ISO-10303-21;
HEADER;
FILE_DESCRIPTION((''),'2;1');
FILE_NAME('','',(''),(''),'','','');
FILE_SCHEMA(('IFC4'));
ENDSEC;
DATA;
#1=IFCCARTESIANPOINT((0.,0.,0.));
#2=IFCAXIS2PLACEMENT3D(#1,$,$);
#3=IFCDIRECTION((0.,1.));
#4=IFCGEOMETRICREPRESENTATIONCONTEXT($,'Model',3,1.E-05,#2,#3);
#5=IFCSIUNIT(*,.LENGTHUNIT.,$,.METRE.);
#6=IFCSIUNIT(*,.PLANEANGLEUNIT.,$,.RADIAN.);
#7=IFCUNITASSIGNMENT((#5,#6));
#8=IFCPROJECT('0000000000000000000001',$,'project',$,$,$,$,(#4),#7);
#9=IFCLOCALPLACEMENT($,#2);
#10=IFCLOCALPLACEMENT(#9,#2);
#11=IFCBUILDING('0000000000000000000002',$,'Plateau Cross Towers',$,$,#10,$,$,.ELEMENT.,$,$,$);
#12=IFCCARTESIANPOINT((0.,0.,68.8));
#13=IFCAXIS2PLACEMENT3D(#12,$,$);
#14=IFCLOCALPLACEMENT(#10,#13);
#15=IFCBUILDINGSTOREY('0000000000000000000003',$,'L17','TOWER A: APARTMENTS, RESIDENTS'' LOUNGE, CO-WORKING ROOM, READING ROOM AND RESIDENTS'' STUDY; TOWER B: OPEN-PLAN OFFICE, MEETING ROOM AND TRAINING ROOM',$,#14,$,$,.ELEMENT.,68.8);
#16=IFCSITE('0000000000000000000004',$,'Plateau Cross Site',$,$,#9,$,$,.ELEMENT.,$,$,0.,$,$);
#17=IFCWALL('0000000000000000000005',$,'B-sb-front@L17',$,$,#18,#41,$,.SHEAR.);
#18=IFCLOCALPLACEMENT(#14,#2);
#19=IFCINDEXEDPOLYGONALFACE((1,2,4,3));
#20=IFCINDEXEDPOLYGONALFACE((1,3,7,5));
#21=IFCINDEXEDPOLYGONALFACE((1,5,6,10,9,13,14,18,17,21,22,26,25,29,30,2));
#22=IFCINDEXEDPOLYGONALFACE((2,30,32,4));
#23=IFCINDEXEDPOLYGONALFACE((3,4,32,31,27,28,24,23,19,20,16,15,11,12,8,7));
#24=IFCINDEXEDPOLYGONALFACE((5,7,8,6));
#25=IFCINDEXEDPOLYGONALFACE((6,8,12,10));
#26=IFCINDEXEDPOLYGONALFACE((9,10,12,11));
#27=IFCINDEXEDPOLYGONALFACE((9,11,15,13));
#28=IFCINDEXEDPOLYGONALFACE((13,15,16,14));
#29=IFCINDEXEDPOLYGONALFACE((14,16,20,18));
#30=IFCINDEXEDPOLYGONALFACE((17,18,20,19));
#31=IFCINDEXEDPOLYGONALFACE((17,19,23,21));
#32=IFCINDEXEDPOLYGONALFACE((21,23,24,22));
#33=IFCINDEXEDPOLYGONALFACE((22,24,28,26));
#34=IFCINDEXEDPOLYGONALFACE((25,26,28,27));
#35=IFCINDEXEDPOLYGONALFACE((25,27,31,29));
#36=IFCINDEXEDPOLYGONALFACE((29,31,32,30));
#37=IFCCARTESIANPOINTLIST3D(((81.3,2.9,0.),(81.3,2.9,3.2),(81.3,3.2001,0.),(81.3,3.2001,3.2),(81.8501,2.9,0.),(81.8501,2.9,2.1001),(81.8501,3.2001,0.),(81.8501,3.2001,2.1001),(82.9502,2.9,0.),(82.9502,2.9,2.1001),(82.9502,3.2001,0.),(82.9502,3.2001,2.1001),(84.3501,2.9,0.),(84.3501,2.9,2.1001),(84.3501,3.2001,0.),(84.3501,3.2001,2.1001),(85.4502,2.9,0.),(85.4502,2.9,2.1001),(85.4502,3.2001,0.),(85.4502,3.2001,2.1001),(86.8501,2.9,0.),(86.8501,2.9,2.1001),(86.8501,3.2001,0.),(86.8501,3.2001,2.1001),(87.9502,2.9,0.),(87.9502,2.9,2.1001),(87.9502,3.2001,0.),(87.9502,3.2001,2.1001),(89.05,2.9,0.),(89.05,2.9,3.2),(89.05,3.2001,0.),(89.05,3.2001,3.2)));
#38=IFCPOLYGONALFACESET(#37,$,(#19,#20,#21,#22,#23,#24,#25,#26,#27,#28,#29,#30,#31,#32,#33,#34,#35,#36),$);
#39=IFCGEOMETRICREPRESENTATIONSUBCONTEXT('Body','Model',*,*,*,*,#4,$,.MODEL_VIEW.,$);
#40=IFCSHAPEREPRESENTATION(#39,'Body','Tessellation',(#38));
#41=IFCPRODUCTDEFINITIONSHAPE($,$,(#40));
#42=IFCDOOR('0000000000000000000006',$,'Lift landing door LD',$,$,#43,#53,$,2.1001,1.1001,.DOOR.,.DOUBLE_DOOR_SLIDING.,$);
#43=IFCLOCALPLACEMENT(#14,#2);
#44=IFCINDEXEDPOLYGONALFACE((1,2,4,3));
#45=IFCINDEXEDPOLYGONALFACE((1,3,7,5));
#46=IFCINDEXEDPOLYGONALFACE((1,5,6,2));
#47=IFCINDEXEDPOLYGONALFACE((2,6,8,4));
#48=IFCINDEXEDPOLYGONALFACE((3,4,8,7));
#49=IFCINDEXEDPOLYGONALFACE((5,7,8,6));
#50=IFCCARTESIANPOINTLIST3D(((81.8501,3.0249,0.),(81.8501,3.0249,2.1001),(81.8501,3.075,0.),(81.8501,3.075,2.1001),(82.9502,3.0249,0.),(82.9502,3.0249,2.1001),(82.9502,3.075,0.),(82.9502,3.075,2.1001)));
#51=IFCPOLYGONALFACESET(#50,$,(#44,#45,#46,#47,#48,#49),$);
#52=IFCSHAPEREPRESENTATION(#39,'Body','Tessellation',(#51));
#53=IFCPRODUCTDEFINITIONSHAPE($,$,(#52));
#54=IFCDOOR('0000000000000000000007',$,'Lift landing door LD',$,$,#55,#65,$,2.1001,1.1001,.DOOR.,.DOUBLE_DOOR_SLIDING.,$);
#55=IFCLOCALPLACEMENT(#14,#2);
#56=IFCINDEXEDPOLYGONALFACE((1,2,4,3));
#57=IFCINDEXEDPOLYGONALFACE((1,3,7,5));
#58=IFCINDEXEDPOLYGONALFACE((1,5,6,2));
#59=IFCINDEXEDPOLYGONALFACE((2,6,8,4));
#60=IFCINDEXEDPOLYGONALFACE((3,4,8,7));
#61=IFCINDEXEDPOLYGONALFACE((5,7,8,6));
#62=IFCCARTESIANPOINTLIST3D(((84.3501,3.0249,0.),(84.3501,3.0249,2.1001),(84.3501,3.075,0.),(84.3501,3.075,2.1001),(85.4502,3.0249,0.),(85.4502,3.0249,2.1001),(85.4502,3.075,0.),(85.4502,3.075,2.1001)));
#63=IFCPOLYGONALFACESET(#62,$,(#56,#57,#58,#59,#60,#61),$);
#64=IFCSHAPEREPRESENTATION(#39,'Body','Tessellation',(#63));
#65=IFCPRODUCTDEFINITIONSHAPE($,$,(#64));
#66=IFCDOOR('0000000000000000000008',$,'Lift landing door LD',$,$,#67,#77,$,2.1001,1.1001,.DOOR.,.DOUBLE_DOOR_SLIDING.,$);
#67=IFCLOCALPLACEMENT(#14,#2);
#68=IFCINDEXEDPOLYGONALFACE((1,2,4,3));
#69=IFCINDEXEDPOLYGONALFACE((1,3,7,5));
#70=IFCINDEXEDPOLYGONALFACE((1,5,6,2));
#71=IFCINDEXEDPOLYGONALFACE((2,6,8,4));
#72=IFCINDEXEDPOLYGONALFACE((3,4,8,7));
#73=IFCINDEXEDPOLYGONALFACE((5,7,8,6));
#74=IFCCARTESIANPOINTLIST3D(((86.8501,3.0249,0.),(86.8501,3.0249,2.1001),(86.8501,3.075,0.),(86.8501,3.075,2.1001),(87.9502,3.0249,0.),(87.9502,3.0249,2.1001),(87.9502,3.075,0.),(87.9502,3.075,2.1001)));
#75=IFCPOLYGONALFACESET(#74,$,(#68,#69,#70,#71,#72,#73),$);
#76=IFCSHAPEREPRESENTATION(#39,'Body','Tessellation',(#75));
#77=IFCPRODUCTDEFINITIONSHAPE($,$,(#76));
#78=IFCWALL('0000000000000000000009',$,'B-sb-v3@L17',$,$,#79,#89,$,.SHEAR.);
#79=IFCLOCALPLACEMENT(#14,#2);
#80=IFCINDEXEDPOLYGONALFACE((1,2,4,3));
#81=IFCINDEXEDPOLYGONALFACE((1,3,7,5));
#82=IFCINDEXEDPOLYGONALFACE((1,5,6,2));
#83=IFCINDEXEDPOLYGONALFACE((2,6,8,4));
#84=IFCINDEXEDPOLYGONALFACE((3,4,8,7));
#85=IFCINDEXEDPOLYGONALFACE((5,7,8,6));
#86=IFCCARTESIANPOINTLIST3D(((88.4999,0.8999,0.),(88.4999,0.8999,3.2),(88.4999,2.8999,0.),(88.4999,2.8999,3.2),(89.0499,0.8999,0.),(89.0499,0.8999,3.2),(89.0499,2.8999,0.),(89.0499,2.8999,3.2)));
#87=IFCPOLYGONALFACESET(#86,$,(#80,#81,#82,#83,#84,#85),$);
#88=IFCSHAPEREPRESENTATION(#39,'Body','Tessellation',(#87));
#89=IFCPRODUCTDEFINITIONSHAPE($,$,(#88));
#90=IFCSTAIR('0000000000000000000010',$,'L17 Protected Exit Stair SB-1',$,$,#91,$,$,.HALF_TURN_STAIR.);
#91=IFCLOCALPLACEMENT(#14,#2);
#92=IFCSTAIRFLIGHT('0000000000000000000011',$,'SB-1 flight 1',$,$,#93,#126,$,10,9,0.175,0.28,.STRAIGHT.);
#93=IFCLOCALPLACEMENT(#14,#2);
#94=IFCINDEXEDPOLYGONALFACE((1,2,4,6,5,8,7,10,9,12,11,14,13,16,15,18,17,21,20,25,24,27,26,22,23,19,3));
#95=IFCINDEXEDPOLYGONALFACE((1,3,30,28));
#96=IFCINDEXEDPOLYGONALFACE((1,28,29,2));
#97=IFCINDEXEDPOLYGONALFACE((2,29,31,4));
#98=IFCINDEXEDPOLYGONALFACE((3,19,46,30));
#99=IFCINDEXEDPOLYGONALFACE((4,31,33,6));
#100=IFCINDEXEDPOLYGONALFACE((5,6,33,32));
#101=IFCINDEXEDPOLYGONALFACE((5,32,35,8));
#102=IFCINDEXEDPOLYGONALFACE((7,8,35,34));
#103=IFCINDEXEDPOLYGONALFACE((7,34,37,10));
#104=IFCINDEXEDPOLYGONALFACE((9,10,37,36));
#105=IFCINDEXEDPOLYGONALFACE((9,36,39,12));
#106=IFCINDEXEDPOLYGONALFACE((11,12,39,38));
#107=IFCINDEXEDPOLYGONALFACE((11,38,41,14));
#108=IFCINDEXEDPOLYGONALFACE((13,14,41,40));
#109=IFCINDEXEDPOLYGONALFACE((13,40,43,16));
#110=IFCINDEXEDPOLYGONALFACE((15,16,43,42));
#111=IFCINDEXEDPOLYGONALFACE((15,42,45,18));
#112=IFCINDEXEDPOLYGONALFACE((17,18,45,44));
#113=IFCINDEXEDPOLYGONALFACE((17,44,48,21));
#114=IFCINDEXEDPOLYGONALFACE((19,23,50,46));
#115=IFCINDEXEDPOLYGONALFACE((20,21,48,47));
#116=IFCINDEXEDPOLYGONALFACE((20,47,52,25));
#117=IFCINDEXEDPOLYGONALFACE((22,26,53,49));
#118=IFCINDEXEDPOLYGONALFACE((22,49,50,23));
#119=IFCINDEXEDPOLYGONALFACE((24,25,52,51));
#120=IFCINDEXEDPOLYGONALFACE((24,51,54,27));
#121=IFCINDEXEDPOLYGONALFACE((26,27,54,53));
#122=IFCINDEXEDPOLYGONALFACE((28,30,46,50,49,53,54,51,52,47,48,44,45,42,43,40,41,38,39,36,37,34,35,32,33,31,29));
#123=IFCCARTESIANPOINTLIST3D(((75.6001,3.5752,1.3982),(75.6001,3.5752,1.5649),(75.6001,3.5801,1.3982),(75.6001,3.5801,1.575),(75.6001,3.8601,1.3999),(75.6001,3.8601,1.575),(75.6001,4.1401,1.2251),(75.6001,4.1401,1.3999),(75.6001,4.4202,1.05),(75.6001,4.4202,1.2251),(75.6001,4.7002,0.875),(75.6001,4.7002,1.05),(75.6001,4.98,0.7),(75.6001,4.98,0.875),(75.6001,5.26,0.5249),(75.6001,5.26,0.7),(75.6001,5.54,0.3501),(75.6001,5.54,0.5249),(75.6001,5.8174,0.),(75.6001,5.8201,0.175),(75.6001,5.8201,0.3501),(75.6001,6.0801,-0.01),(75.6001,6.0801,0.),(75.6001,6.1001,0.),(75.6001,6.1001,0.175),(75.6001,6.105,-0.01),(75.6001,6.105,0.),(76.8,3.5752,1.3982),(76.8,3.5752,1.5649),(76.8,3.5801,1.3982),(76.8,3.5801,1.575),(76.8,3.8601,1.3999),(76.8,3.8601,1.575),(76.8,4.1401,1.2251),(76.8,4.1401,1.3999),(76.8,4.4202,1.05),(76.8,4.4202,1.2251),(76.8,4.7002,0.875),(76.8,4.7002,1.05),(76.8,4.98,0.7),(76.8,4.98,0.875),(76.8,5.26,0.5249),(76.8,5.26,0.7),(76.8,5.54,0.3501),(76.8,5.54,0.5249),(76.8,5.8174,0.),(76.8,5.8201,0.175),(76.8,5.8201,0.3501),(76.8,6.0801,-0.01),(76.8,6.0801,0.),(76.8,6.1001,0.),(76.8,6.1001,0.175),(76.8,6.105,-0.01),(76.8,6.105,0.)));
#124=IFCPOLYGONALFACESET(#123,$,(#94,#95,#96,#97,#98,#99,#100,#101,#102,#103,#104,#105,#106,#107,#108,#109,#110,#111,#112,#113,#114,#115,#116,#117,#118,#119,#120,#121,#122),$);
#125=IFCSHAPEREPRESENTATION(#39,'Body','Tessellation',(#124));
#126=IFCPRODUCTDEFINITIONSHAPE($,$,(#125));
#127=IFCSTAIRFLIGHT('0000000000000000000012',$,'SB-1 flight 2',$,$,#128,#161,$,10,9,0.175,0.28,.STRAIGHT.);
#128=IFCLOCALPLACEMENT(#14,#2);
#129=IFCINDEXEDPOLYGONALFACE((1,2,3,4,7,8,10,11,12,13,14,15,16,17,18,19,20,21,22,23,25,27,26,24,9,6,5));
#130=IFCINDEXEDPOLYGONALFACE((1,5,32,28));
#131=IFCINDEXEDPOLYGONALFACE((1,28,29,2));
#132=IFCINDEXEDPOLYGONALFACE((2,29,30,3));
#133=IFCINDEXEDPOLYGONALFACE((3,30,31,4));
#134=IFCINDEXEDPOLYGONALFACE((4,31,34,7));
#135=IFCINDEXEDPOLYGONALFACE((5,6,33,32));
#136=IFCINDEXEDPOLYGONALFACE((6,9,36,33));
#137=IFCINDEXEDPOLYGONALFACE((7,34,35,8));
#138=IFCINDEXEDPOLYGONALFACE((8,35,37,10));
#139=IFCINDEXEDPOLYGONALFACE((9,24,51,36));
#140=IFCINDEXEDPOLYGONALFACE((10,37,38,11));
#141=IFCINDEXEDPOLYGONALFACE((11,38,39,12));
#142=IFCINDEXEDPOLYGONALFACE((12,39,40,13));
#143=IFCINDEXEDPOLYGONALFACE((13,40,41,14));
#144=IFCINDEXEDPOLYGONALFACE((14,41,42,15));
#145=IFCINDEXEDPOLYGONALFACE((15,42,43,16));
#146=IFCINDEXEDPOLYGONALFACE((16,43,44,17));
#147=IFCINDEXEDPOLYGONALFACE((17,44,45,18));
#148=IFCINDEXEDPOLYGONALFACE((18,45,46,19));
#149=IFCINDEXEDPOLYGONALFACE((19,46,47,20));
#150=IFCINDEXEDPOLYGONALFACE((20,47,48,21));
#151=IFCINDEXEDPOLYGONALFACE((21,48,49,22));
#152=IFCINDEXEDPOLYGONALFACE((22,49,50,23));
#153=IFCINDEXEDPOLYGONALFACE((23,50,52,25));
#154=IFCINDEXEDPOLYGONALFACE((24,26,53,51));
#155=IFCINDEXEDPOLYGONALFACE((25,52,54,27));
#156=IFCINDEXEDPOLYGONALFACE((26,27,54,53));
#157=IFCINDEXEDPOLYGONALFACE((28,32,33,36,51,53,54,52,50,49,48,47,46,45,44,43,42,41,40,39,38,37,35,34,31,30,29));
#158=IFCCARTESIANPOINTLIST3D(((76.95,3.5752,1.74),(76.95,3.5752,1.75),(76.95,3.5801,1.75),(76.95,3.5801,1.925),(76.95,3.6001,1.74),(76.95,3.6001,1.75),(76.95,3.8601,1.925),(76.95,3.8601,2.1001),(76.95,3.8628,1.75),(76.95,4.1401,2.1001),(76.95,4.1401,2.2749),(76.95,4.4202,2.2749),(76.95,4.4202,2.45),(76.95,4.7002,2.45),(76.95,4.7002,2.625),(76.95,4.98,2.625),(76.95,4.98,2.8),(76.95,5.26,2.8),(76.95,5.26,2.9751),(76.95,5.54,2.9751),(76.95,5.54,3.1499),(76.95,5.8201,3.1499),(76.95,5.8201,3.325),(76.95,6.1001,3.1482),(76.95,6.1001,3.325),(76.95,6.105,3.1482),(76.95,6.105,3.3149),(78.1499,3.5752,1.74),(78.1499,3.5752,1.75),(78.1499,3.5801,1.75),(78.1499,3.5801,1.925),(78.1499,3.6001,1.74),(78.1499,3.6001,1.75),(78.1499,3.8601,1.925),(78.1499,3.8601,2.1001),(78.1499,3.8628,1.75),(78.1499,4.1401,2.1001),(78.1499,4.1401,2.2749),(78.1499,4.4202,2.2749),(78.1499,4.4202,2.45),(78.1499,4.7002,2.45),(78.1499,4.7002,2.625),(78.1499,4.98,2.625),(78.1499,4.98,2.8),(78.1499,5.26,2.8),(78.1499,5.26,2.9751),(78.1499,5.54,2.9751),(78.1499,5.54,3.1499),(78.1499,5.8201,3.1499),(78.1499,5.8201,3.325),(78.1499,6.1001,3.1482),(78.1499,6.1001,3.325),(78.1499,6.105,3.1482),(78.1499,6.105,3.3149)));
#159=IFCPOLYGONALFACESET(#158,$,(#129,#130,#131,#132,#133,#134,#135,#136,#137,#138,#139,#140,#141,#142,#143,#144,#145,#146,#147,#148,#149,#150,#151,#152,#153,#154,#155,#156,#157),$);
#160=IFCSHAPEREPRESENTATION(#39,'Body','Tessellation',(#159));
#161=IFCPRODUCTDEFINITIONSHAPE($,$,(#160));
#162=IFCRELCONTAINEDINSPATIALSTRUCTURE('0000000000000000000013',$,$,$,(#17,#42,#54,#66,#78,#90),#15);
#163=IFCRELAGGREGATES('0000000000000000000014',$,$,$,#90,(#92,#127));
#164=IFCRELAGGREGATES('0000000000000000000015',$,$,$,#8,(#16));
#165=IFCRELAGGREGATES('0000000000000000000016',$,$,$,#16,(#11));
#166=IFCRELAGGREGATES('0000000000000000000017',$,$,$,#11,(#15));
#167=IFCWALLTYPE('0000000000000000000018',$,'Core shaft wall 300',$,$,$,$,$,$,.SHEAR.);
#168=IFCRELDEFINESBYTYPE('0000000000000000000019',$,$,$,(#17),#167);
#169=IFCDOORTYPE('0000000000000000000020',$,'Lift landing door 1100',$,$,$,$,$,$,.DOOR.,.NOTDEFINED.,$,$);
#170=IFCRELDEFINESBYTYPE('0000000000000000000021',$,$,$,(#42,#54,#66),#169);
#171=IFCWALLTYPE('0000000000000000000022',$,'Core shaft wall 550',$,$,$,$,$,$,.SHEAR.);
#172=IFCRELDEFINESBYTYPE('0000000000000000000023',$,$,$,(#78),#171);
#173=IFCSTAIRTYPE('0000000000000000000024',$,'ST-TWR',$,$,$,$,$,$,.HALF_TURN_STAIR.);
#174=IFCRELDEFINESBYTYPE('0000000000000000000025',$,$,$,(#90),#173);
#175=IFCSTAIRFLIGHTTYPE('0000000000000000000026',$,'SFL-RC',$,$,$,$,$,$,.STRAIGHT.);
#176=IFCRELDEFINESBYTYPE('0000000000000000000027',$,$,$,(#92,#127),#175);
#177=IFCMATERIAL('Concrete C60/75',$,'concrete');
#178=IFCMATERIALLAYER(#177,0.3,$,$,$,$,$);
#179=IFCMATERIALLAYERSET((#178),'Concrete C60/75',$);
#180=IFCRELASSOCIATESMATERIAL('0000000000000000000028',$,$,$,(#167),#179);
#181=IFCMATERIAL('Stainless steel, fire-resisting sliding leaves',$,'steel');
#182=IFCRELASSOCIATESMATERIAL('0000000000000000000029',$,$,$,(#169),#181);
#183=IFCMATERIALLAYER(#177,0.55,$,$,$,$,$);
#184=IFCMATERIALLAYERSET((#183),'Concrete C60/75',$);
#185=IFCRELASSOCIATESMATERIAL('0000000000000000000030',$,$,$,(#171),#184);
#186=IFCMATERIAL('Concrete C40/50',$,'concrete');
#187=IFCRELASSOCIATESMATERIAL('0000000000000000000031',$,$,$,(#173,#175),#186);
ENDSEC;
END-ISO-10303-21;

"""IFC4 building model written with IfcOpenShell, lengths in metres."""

from ifc_helpers import new_model, si_unit, direction, frame, frame_2d, origin, place, context, subcontext, project, spatial, polyline, rectangle, outline, extrude, material, layer, layer_set, type_object, element, fill, aggregate, save


model = new_model("IFC4")

# Units and contexts
model_context = context("Model", 3, precision=1e-05, world=origin(), true_north=direction((0.0, 1.0)))
body_context = subcontext(model_context, "Body", "Model", "MODEL_VIEW")
ifc_project = project(units=[si_unit("LENGTHUNIT", "METRE"), si_unit("PLANEANGLEUNIT", "RADIAN")], contexts=[model_context])

# Site, building, storey
site_placement = place(None, origin())
site = spatial("IfcSite", under=ifc_project, at=site_placement, Name="Plateau Cross Site", CompositionType="ELEMENT", RefElevation=0.0)
building_placement = place(site_placement, origin())
building = spatial("IfcBuilding", under=site, at=building_placement, Name="Plateau Cross Towers", CompositionType="ELEMENT")
storey_placement = place(building_placement, frame((0.0, 0.0, 68.8)))
storey = spatial("IfcBuildingStorey", under=building, at=storey_placement, Name="L17", Description="TOWER A: APARTMENTS, RESIDENTS' LOUNGE, CO-WORKING ROOM, READING ROOM AND RESIDENTS' STUDY; TOWER B: OPEN-PLAN OFFICE, MEETING ROOM AND TRAINING ROOM", CompositionType="ELEMENT", Elevation=68.8)

# Shared definitions
ifc_material_1 = material(Name="Concrete C60/75", Category="concrete")

# Shared definitions
ifc_layer_1 = layer(ifc_material_1, 0.3)
ifc_layer_set_1 = layer_set([ifc_layer_1], Name="Concrete C60/75")
wall_type_1 = type_object("IfcWallType", Name="Core shaft wall 300", PredefinedType="SHEAR", material=ifc_layer_set_1)

# Wall, openings, doors
wall_1_placement = place(storey_placement, frame((81.3, 3.05, 0.0), z_axis=(0.0, 0.0, 1.0), x_axis=(1.0, 0.0, 0.0)))
wall_1 = element("IfcWall", 1, at=wall_1_placement, inside=storey, type_object=wall_type_1, Name="B-sb-front@L17", PredefinedType="SHEAR", context=body_context, shape_type="SweptSolid", body=[
    extrude(rectangle(XDim=7.75, YDim=0.3, at=frame_2d((3.875, 0.0))), origin(), (0.0, 0.0, 1.0), 3.2),
])
opening_1_placement = place(wall_1_placement, frame((0.55, 0.0, 0.0)))
opening_1 = element("IfcOpeningElement", 2, at=opening_1_placement, cuts=wall_1, PredefinedType="OPENING", context=body_context, shape_type="SweptSolid", body=[
    extrude(rectangle(XDim=1.1001, YDim=2.1001, at=frame_2d((0.55, 1.05))), frame((0.0, 0.1599, 0.0), z_axis=(0.0, -1.0, 0.0), x_axis=(1.0, 0.0, 0.0)), (0.0, 0.0, 1.0), 0.3201),
])
opening_2_placement = place(wall_1_placement, frame((3.05, 0.0, 0.0)))
opening_2 = element("IfcOpeningElement", 3, at=opening_2_placement, cuts=wall_1, PredefinedType="OPENING", context=body_context, shape_type="SweptSolid", body=[
    extrude(rectangle(XDim=1.1001, YDim=2.1001, at=frame_2d((0.55, 1.05))), frame((0.0, 0.1599, 0.0), z_axis=(0.0, -1.0, 0.0), x_axis=(1.0, 0.0, 0.0)), (0.0, 0.0, 1.0), 0.3201),
])
opening_3_placement = place(wall_1_placement, frame((5.55, 0.0, 0.0)))
opening_3 = element("IfcOpeningElement", 4, at=opening_3_placement, cuts=wall_1, PredefinedType="OPENING", context=body_context, shape_type="SweptSolid", body=[
    extrude(rectangle(XDim=1.1001, YDim=2.1001, at=frame_2d((0.55, 1.05))), frame((0.0, 0.1599, 0.0), z_axis=(0.0, -1.0, 0.0), x_axis=(1.0, 0.0, 0.0)), (0.0, 0.0, 1.0), 0.3201),
])
ifc_material_2 = material(Name="Stainless steel, fire-resisting sliding leaves", Category="steel")
door_type_1 = type_object("IfcDoorType", Name="Lift landing door 1100", OperationType="NOTDEFINED", PredefinedType="DOOR", material=ifc_material_2)
door_1_placement = place(opening_1_placement, origin())
door_1 = element("IfcDoor", 5, at=door_1_placement, inside=storey, type_object=door_type_1, Name="Lift landing door LD", OperationType="DOUBLE_DOOR_SLIDING", OverallHeight=2.1001, OverallWidth=1.1001, PredefinedType="DOOR", context=body_context, shape_type="SweptSolid", body=[
    extrude(rectangle(XDim=1.1001, YDim=2.1001, at=frame_2d((0.55, 1.05))), frame((0.0, 0.0249, 0.0), z_axis=(0.0, -1.0, 0.0), x_axis=(1.0, 0.0, 0.0)), (0.0, 0.0, 1.0), 0.05),
])
fill(opening_1, door_1)
door_2_placement = place(opening_2_placement, origin())
door_2 = element("IfcDoor", 6, at=door_2_placement, inside=storey, type_object=door_type_1, Name="Lift landing door LD", OperationType="DOUBLE_DOOR_SLIDING", OverallHeight=2.1001, OverallWidth=1.1001, PredefinedType="DOOR", context=body_context, shape_type="SweptSolid", body=[
    extrude(rectangle(XDim=1.1001, YDim=2.1001, at=frame_2d((0.55, 1.05))), frame((0.0, 0.0249, 0.0), z_axis=(0.0, -1.0, 0.0), x_axis=(1.0, 0.0, 0.0)), (0.0, 0.0, 1.0), 0.05),
])
fill(opening_2, door_2)
door_3_placement = place(opening_3_placement, origin())
door_3 = element("IfcDoor", 7, at=door_3_placement, inside=storey, type_object=door_type_1, Name="Lift landing door LD", OperationType="DOUBLE_DOOR_SLIDING", OverallHeight=2.1001, OverallWidth=1.1001, PredefinedType="DOOR", context=body_context, shape_type="SweptSolid", body=[
    extrude(rectangle(XDim=1.1001, YDim=2.1001, at=frame_2d((0.55, 1.05))), frame((0.0, 0.0249, 0.0), z_axis=(0.0, -1.0, 0.0), x_axis=(1.0, 0.0, 0.0)), (0.0, 0.0, 1.0), 0.05),
])
fill(opening_3, door_3)

# Wall
ifc_layer_2 = layer(ifc_material_1, 0.55)
ifc_layer_set_2 = layer_set([ifc_layer_2], Name="Concrete C60/75")
wall_type_2 = type_object("IfcWallType", Name="Core shaft wall 550", PredefinedType="SHEAR", material=ifc_layer_set_2)
wall_2_placement = place(storey_placement, frame((88.7749, 0.8999, 0.0), z_axis=(0.0, 0.0, 1.0), x_axis=(0.0, 1.0, 0.0)))
element("IfcWall", 8, at=wall_2_placement, inside=storey, type_object=wall_type_2, Name="B-sb-v3@L17", PredefinedType="SHEAR", context=body_context, shape_type="SweptSolid", body=[
    extrude(rectangle(XDim=2.0, YDim=0.55, at=frame_2d((1.0, 0.0))), origin(), (0.0, 0.0, 1.0), 3.2),
])

# Stair, stair flights
ifc_material_3 = material(Name="Concrete C40/50", Category="concrete")
stair_type = type_object("IfcStairType", Name="ST-TWR", PredefinedType="HALF_TURN_STAIR", material=ifc_material_3)
stair_1_placement = place(storey_placement, origin())
stair_1 = element("IfcStair", 9, at=stair_1_placement, inside=storey, type_object=stair_type, Name="L17 Protected Exit Stair SB-1", PredefinedType="HALF_TURN_STAIR")
stair_flight_type = type_object("IfcStairFlightType", Name="SFL-RC", PredefinedType="STRAIGHT", material=ifc_material_3)
stair_flight_1_placement = place(storey_placement, frame((76.2, 6.1001, 0.0), z_axis=(0.0, 0.0, 1.0), x_axis=(0.0, -1.0, 0.0)))
stair_flight_1 = element("IfcStairFlight", 10, at=stair_flight_1_placement, type_object=stair_flight_type, Name="SB-1 flight 1", NumberOfRisers=10, NumberOfTreads=9, PredefinedType="STRAIGHT", RiserHeight=0.175, TreadLength=0.28, context=body_context, shape_type="SweptSolid", body=[
    extrude(outline(polyline([(-0.0049, -0.01), (-0.0049, 0.0), (0.0, 0.0), (0.0, 0.175), (0.28, 0.175), (0.28, 0.3501), (0.5601, 0.3501), (0.5601, 0.5249), (0.8401, 0.5249), (0.8401, 0.7), (1.1201, 0.7), (1.1201, 0.875), (1.3999, 0.875), (1.3999, 1.05), (1.6799, 1.05), (1.6799, 1.2251), (1.96, 1.2251), (1.96, 1.3999), (2.24, 1.3999), (2.24, 1.575), (2.52, 1.575), (2.5249, 1.5649), (2.5249, 1.3982), (2.52, 1.3982), (0.2827, 0.0), (0.02, 0.0), (0.02, -0.01), (-0.0049, -0.01)])), frame((0.0, 0.6001, 0.0), z_axis=(0.0, -1.0, 0.0), x_axis=(1.0, 0.0, 0.0)), (0.0, 0.0, 1.0), 1.2),
])
stair_flight_2_placement = place(storey_placement, frame((77.55, 3.5801, 1.75), z_axis=(0.0, 0.0, 1.0), x_axis=(0.0, 1.0, 0.0)))
stair_flight_2 = element("IfcStairFlight", 11, at=stair_flight_2_placement, type_object=stair_flight_type, Name="SB-1 flight 2", NumberOfRisers=10, NumberOfTreads=9, PredefinedType="STRAIGHT", RiserHeight=0.175, TreadLength=0.28, context=body_context, shape_type="SweptSolid", body=[
    extrude(outline(polyline([(-0.0049, -0.01), (-0.0049, 0.0), (0.0, 0.0), (0.0, 0.175), (0.28, 0.175), (0.28, 0.3501), (0.5601, 0.3501), (0.5601, 0.5249), (0.8401, 0.5249), (0.8401, 0.7), (1.1201, 0.7), (1.1201, 0.875), (1.3999, 0.875), (1.3999, 1.05), (1.6799, 1.05), (1.6799, 1.2251), (1.96, 1.2251), (1.96, 1.3999), (2.24, 1.3999), (2.24, 1.575), (2.52, 1.575), (2.5249, 1.5649), (2.5249, 1.3982), (2.52, 1.3982), (0.2827, 0.0), (0.02, 0.0), (0.02, -0.01), (-0.0049, -0.01)])), frame((0.0, 0.6001, 0.0), z_axis=(0.0, -1.0, 0.0), x_axis=(1.0, 0.0, 0.0)), (0.0, 0.0, 1.0), 1.2),
])
aggregate(stair_1, [stair_flight_1, stair_flight_2])

save(model, "model.ifc")
